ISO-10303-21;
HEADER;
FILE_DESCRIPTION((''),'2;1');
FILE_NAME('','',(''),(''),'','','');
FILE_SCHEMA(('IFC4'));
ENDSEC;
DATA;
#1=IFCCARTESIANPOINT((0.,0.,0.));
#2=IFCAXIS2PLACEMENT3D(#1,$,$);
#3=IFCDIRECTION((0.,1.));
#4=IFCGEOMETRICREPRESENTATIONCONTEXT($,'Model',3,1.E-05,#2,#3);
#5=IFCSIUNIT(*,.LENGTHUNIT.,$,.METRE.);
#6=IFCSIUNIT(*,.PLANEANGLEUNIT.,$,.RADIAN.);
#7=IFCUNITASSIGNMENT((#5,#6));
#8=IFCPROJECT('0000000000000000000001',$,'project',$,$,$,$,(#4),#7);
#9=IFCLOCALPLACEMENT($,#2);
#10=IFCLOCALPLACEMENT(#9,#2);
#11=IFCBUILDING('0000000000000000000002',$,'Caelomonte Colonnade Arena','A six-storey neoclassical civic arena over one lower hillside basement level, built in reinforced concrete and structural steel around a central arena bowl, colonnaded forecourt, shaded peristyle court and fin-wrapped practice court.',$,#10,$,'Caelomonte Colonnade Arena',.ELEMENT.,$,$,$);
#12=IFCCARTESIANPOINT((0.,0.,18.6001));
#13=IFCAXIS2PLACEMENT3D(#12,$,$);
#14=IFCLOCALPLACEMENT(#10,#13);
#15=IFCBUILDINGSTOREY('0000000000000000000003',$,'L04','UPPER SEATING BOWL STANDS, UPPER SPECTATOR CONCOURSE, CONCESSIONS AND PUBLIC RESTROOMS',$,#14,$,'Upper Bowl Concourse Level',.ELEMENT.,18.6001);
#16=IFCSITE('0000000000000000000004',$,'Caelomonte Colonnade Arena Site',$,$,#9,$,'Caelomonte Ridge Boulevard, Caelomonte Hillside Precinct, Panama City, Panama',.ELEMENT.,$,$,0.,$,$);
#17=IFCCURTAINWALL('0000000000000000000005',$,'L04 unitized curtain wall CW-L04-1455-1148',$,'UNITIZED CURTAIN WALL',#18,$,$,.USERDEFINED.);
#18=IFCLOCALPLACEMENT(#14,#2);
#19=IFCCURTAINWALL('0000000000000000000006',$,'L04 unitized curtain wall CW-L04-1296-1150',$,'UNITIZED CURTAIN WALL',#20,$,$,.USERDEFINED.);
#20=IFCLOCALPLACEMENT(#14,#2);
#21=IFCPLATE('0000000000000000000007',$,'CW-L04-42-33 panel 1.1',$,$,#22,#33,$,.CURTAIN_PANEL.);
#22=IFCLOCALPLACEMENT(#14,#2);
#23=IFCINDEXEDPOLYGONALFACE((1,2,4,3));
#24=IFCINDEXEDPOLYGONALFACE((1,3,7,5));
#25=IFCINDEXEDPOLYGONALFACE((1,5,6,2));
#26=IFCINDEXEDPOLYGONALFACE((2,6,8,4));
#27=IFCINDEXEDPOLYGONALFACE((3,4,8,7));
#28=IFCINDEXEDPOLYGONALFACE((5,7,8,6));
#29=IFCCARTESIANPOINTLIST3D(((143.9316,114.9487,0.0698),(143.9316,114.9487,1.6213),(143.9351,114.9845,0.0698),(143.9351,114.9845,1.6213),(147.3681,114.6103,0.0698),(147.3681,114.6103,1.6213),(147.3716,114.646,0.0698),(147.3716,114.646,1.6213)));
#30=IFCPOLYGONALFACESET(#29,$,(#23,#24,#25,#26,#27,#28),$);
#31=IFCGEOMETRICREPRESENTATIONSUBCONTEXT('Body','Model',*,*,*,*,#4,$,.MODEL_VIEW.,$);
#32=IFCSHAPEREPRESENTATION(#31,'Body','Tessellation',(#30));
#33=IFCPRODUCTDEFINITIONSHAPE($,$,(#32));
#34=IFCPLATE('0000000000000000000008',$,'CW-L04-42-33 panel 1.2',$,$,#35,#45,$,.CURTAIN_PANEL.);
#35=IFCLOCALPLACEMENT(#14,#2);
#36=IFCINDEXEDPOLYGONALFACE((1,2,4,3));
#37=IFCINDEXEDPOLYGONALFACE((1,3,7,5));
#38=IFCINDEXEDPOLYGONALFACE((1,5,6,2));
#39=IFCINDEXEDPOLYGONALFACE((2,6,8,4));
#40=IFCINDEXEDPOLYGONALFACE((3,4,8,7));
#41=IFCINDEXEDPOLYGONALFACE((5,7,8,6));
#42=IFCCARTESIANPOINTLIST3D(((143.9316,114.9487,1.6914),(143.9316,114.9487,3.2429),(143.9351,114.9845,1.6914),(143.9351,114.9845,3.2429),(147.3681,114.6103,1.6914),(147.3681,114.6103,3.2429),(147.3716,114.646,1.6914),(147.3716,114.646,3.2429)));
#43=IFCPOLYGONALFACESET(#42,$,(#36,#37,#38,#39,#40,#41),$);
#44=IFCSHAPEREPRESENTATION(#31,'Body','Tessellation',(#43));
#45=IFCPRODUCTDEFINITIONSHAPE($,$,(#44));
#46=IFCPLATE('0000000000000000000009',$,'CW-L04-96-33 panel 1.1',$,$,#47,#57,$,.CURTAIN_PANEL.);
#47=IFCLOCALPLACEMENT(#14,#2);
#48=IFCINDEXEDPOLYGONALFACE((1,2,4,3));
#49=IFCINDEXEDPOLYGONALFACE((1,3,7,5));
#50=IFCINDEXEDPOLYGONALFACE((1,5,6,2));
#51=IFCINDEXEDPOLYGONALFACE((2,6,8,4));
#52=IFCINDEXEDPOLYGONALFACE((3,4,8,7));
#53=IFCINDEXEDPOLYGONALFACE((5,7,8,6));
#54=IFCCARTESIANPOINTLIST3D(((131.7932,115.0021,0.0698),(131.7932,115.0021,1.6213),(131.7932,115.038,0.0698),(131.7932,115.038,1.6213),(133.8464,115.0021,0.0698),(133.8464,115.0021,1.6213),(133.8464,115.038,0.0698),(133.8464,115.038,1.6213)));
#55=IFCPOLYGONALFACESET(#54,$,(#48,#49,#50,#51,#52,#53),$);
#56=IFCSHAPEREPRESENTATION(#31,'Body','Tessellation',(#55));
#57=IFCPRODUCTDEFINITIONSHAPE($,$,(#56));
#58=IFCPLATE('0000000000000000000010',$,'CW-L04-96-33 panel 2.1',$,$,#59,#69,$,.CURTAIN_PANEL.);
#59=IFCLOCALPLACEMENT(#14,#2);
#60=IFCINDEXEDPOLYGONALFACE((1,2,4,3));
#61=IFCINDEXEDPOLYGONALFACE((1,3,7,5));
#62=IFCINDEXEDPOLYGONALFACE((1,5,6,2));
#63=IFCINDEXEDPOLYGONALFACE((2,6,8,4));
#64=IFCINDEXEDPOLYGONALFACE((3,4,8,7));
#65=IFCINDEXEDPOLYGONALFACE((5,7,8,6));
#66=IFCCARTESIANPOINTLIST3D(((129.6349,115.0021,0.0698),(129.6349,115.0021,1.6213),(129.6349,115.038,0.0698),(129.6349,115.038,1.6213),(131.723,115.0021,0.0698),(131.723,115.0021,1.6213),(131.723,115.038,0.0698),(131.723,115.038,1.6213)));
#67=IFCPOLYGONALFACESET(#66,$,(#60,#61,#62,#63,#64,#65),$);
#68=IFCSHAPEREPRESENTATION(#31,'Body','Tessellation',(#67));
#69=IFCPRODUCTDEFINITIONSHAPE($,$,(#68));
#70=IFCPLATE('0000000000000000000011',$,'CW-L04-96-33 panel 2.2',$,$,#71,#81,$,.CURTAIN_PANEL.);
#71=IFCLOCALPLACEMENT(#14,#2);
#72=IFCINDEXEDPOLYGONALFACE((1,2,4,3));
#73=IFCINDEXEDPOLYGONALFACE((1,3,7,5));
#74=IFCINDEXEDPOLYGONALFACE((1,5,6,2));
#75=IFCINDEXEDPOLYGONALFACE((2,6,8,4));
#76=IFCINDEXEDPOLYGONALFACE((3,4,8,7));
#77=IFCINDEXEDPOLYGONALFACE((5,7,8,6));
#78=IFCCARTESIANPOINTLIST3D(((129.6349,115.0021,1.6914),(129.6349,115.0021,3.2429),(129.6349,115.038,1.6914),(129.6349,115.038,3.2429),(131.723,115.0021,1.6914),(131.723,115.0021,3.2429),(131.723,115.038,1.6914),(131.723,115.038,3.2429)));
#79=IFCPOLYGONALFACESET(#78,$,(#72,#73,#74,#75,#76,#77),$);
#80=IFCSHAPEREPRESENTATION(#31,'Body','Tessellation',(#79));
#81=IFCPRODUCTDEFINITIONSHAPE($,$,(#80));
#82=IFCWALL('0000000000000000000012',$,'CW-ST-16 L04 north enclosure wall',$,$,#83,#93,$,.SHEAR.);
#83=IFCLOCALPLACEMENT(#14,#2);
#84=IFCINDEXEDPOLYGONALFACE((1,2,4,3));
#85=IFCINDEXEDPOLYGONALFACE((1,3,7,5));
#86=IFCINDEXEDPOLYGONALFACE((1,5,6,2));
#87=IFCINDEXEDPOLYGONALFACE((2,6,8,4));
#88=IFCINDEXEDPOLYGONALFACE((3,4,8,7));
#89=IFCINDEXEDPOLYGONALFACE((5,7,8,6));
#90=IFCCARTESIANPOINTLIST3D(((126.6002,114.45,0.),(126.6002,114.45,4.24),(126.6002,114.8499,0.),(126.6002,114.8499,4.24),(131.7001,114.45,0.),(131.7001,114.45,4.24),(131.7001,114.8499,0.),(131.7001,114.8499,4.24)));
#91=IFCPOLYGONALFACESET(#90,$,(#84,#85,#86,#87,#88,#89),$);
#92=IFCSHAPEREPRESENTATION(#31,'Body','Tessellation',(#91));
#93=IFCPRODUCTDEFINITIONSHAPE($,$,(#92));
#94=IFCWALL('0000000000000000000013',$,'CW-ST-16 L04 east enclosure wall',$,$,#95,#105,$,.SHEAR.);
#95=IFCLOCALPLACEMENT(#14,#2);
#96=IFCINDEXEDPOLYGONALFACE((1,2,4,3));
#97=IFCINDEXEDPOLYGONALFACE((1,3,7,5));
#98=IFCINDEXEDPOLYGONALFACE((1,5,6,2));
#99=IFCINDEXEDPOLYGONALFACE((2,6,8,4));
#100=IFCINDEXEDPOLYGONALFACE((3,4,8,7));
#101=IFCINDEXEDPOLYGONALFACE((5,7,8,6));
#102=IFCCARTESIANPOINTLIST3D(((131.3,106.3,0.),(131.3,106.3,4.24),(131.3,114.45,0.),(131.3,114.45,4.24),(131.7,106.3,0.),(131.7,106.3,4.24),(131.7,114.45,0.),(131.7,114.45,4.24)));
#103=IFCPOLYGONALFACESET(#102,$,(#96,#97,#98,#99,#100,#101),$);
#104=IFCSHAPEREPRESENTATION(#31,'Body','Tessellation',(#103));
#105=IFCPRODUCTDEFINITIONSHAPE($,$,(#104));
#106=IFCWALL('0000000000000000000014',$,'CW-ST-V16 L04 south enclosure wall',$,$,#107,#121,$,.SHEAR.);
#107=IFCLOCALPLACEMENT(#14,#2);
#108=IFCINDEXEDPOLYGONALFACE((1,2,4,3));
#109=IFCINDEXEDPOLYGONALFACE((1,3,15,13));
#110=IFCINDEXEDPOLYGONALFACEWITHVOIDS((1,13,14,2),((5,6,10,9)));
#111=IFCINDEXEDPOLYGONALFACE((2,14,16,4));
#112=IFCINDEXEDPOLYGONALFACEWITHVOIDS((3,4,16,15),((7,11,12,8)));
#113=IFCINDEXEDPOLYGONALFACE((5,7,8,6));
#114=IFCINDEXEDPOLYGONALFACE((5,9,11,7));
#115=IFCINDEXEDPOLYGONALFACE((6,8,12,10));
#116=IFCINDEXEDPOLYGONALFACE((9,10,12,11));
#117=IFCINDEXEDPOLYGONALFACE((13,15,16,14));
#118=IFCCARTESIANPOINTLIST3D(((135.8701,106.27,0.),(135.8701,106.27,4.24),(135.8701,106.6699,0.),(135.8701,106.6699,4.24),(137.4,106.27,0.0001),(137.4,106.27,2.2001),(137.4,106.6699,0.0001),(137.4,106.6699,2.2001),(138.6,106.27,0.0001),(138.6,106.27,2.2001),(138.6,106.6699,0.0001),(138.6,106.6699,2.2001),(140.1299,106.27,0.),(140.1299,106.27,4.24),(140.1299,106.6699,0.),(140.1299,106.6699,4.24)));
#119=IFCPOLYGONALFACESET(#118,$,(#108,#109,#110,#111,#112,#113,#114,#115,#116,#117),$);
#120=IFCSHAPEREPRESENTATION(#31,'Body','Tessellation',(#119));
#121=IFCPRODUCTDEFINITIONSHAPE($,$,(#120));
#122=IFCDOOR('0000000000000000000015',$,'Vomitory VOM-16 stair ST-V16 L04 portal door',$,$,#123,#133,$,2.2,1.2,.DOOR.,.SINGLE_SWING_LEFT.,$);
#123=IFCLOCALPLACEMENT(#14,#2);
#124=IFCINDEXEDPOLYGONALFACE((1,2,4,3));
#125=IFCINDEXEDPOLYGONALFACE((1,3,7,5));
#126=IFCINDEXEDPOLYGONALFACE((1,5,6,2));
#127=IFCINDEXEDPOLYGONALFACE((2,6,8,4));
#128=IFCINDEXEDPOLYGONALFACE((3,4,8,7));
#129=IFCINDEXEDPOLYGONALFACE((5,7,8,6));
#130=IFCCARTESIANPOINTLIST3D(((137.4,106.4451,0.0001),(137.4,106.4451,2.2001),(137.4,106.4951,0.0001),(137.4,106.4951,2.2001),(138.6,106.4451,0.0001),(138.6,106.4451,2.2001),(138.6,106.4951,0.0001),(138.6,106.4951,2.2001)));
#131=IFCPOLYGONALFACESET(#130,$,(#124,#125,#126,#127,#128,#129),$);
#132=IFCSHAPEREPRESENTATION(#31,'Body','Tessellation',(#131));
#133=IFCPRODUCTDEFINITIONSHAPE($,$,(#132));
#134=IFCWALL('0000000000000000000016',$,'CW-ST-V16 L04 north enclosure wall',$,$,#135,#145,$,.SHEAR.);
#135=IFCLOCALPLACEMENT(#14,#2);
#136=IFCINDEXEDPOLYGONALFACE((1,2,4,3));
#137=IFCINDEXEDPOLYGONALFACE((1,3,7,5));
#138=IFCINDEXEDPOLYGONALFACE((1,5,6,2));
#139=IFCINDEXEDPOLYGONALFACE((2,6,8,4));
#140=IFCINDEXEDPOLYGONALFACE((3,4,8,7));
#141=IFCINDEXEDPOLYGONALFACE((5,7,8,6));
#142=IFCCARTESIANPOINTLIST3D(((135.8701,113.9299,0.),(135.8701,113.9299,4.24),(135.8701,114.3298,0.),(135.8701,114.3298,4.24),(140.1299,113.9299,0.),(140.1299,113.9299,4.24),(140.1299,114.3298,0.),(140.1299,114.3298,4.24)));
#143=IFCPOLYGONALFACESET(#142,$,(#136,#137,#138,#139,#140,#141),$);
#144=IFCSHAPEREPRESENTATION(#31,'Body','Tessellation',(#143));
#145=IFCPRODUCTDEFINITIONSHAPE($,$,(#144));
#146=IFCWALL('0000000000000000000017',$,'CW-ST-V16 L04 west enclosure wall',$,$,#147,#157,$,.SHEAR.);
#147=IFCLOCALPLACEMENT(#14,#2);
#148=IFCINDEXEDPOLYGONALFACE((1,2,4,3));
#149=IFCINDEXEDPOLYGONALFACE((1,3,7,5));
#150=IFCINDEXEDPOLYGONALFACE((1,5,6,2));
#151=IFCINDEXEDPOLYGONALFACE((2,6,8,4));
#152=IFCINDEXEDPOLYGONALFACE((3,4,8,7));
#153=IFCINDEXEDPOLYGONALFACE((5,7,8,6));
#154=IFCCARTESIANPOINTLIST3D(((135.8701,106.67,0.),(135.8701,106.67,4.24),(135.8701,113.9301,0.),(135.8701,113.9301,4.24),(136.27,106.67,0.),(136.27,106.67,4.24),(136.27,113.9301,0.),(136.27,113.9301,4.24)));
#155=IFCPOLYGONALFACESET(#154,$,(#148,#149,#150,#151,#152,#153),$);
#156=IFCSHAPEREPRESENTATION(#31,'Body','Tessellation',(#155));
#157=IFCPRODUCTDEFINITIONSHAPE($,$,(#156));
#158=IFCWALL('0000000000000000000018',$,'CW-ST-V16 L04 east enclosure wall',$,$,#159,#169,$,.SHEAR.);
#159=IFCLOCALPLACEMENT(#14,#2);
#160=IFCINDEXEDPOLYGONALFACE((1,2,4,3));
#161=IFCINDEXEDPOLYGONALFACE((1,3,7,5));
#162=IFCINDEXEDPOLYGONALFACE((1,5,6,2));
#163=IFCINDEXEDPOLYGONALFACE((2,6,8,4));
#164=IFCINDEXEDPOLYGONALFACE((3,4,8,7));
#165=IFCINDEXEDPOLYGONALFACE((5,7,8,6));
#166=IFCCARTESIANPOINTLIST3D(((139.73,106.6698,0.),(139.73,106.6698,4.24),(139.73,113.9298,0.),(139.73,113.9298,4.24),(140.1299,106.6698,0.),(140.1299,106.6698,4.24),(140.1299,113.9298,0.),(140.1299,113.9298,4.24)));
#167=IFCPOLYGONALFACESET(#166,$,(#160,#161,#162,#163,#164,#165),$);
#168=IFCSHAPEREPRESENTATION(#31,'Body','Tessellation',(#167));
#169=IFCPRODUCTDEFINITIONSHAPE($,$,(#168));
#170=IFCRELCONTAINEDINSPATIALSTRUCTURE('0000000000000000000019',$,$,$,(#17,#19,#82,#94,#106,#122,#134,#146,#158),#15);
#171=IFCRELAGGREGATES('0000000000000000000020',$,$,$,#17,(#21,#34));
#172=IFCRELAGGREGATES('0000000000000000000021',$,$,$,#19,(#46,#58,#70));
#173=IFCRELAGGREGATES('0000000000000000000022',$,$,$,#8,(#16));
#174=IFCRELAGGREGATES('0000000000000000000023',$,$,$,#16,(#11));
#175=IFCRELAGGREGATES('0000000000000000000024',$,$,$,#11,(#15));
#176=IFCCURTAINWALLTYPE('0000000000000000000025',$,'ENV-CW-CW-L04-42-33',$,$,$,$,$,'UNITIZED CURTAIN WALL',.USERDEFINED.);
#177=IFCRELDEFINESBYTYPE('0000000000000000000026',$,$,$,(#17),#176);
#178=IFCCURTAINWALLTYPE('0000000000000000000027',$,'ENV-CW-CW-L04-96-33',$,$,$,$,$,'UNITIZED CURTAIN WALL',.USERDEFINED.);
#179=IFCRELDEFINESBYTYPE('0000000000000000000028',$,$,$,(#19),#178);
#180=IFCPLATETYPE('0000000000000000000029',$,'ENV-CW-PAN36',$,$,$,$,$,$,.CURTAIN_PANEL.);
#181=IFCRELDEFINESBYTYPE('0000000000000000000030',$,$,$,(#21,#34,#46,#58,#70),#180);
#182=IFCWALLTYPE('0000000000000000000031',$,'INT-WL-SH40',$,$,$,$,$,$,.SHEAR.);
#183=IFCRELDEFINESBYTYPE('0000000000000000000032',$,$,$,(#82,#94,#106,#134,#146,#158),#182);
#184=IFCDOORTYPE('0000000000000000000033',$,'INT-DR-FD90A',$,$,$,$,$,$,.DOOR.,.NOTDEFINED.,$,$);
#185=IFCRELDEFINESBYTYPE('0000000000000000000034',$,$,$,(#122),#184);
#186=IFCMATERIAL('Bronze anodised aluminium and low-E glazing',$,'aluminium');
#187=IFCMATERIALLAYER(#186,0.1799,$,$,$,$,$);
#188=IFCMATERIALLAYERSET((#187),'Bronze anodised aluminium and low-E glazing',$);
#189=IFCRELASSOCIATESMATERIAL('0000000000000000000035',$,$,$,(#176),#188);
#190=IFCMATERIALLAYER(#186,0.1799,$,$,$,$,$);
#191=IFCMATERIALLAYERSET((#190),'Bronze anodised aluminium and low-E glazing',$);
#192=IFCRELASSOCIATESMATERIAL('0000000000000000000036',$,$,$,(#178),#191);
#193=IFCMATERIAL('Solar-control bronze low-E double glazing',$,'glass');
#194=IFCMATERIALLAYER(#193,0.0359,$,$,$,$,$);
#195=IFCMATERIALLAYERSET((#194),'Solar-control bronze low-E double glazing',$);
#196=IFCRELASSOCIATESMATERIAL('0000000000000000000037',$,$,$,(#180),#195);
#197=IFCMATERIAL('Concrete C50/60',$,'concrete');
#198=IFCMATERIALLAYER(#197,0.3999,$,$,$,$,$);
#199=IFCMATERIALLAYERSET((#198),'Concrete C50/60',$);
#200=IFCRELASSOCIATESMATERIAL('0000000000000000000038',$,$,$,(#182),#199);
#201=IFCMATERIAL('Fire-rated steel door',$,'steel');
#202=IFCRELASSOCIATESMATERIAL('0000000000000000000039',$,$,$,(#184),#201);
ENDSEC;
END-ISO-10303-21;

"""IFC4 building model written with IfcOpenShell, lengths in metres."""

from ifc_helpers import new_model, si_unit, direction, frame, frame_2d, origin, origin_2d, place, context, subcontext, project, spatial, rectangle, extrude, material, layer, layer_set, type_object, element, fill, aggregate, save


model = new_model("IFC4")

# Units and contexts
model_context = context("Model", 3, precision=1e-05, world=origin(), true_north=direction((0.0, 1.0)))
body_context = subcontext(model_context, "Body", "Model", "MODEL_VIEW")
ifc_project = project(units=[si_unit("LENGTHUNIT", "METRE"), si_unit("PLANEANGLEUNIT", "RADIAN")], contexts=[model_context])

# Site, building, storey
site_placement = place(None, origin())
site = spatial("IfcSite", under=ifc_project, at=site_placement, Name="Caelomonte Colonnade Arena Site", LongName="Caelomonte Ridge Boulevard, Caelomonte Hillside Precinct, Panama City, Panama", CompositionType="ELEMENT", RefElevation=0.0)
building_placement = place(site_placement, origin())
building = spatial("IfcBuilding", under=site, at=building_placement, Name="Caelomonte Colonnade Arena", Description="A six-storey neoclassical civic arena over one lower hillside basement level, built in reinforced concrete and structural steel around a central arena bowl, colonnaded forecourt, shaded peristyle court and fin-wrapped practice court.", LongName="Caelomonte Colonnade Arena", CompositionType="ELEMENT")
storey_placement = place(building_placement, frame((0.0, 0.0, 18.6001)))
storey = spatial("IfcBuildingStorey", under=building, at=storey_placement, Name="L04", Description="UPPER SEATING BOWL STANDS, UPPER SPECTATOR CONCOURSE, CONCESSIONS AND PUBLIC RESTROOMS", LongName="Upper Bowl Concourse Level", CompositionType="ELEMENT", Elevation=18.6001)

# Shared definitions
ifc_material_1 = material(Name="Bronze anodised aluminium and low-E glazing", Category="aluminium")

# Curtain walls
ifc_layer_1 = layer(ifc_material_1, 0.1799)
ifc_layer_set_1 = layer_set([ifc_layer_1], Name="Bronze anodised aluminium and low-E glazing")
curtain_wall_type_1 = type_object("IfcCurtainWallType", Name="ENV-CW-CW-L04-42-33", ElementType="UNITIZED CURTAIN WALL", PredefinedType="USERDEFINED", material=ifc_layer_set_1)
curtain_wall_1_placement = place(storey_placement, origin())
curtain_wall_1 = element("IfcCurtainWall", 1, at=curtain_wall_1_placement, inside=storey, type_object=curtain_wall_type_1, Name="L04 unitized curtain wall CW-L04-1455-1148", ObjectType="UNITIZED CURTAIN WALL", PredefinedType="USERDEFINED")
ifc_layer_2 = layer(ifc_material_1, 0.1799)
ifc_layer_set_2 = layer_set([ifc_layer_2], Name="Bronze anodised aluminium and low-E glazing")
curtain_wall_type_2 = type_object("IfcCurtainWallType", Name="ENV-CW-CW-L04-96-33", ElementType="UNITIZED CURTAIN WALL", PredefinedType="USERDEFINED", material=ifc_layer_set_2)
curtain_wall_2_placement = place(storey_placement, origin())
curtain_wall_2 = element("IfcCurtainWall", 2, at=curtain_wall_2_placement, inside=storey, type_object=curtain_wall_type_2, Name="L04 unitized curtain wall CW-L04-1296-1150", ObjectType="UNITIZED CURTAIN WALL", PredefinedType="USERDEFINED")

# Plates
ifc_material_2 = material(Name="Solar-control bronze low-E double glazing", Category="glass")
ifc_layer_3 = layer(ifc_material_2, 0.0359)
ifc_layer_set_3 = layer_set([ifc_layer_3], Name="Solar-control bronze low-E double glazing")
plate_type = type_object("IfcPlateType", Name="ENV-CW-PAN36", PredefinedType="CURTAIN_PANEL", material=ifc_layer_set_3)
plate_1_placement = place(storey_placement, frame((145.6516, 114.7974, 0.0698), z_axis=(0.0, 0.0, 1.0), x_axis=(-0.995184, 0.098021, 0.0)))
plate_1 = element("IfcPlate", 3, at=plate_1_placement, type_object=plate_type, Name="CW-L04-42-33 panel 1.1", PredefinedType="CURTAIN_PANEL", context=body_context, shape_type="SweptSolid", body=[
    extrude(rectangle(XDim=3.4531, YDim=0.0359, at=origin_2d()), origin(), (0.0, 0.0, 1.0), 1.5515),
])
plate_2_placement = place(storey_placement, frame((145.6516, 114.7974, 1.6914), z_axis=(0.0, 0.0, 1.0), x_axis=(-0.995184, 0.098021, 0.0)))
plate_2 = element("IfcPlate", 4, at=plate_2_placement, type_object=plate_type, Name="CW-L04-42-33 panel 1.2", PredefinedType="CURTAIN_PANEL", context=body_context, shape_type="SweptSolid", body=[
    extrude(rectangle(XDim=3.4531, YDim=0.0359, at=origin_2d()), origin(), (0.0, 0.0, 1.0), 1.5515),
])
aggregate(curtain_wall_1, [plate_1, plate_2])
plate_3_placement = place(storey_placement, frame((132.8198, 115.02, 0.0698), z_axis=(0.0, 0.0, 1.0), x_axis=(-1.0, 0.0, 0.0)))
plate_3 = element("IfcPlate", 5, at=plate_3_placement, type_object=plate_type, Name="CW-L04-96-33 panel 1.1", PredefinedType="CURTAIN_PANEL", context=body_context, shape_type="SweptSolid", body=[
    extrude(rectangle(XDim=2.0532, YDim=0.0359, at=origin_2d()), origin(), (0.0, 0.0, 1.0), 1.5515),
])
plate_4_placement = place(storey_placement, frame((130.679, 115.02, 0.0698), z_axis=(0.0, 0.0, 1.0), x_axis=(-1.0, 0.0, 0.0)))
plate_4 = element("IfcPlate", 6, at=plate_4_placement, type_object=plate_type, Name="CW-L04-96-33 panel 2.1", PredefinedType="CURTAIN_PANEL", context=body_context, shape_type="SweptSolid", body=[
    extrude(rectangle(XDim=2.0881, YDim=0.0359, at=origin_2d()), origin(), (0.0, 0.0, 1.0), 1.5515),
])
plate_5_placement = place(storey_placement, frame((130.679, 115.02, 1.6914), z_axis=(0.0, 0.0, 1.0), x_axis=(-1.0, 0.0, 0.0)))
plate_5 = element("IfcPlate", 7, at=plate_5_placement, type_object=plate_type, Name="CW-L04-96-33 panel 2.2", PredefinedType="CURTAIN_PANEL", context=body_context, shape_type="SweptSolid", body=[
    extrude(rectangle(XDim=2.0881, YDim=0.0359, at=origin_2d()), origin(), (0.0, 0.0, 1.0), 1.5515),
])
aggregate(curtain_wall_2, [plate_3, plate_4, plate_5])

# Walls
ifc_material_3 = material(Name="Concrete C50/60", Category="concrete")
ifc_layer_4 = layer(ifc_material_3, 0.3999)
ifc_layer_set_4 = layer_set([ifc_layer_4], Name="Concrete C50/60")
wall_type = type_object("IfcWallType", Name="INT-WL-SH40", PredefinedType="SHEAR", material=ifc_layer_set_4)
wall_1_placement = place(storey_placement, frame((131.7, 114.6499, 0.0), z_axis=(0.0, 0.0, 1.0), x_axis=(-1.0, 0.0, 0.0)))
element("IfcWall", 8, at=wall_1_placement, inside=storey, type_object=wall_type, Name="CW-ST-16 L04 north enclosure wall", PredefinedType="SHEAR", context=body_context, shape_type="SweptSolid", body=[
    extrude(rectangle(XDim=5.0999, YDim=0.3999, at=frame_2d((2.5498, 0.0))), origin(), (0.0, 0.0, 1.0), 4.24),
])
wall_2_placement = place(storey_placement, frame((131.5, 106.3, 0.0), z_axis=(0.0, 0.0, 1.0), x_axis=(0.0, 1.0, 0.0)))
element("IfcWall", 9, at=wall_2_placement, inside=storey, type_object=wall_type, Name="CW-ST-16 L04 east enclosure wall", PredefinedType="SHEAR", context=body_context, shape_type="SweptSolid", body=[
    extrude(rectangle(XDim=8.1499, YDim=0.3999, at=frame_2d((4.075, 0.0))), origin(), (0.0, 0.0, 1.0), 4.24),
])

# Wall, opening, door
wall_3_placement = place(storey_placement, frame((135.8701, 106.47, 0.0), z_axis=(0.0, 0.0, 1.0), x_axis=(1.0, 0.0, 0.0)))
wall_3 = element("IfcWall", 10, at=wall_3_placement, inside=storey, type_object=wall_type, Name="CW-ST-V16 L04 south enclosure wall", PredefinedType="SHEAR", context=body_context, shape_type="SweptSolid", body=[
    extrude(rectangle(XDim=4.2598, YDim=0.3999, at=frame_2d((2.1299, 0.0))), origin(), (0.0, 0.0, 1.0), 4.24),
])
opening_placement = place(wall_3_placement, frame((2.73, 0.0, 0.0), z_axis=(0.0, 0.0, 1.0), x_axis=(-1.0, 0.0, 0.0)))
opening = element("IfcOpeningElement", 11, at=opening_placement, cuts=wall_3, PredefinedType="OPENING", context=body_context, shape_type="SweptSolid", body=[
    extrude(rectangle(XDim=1.2, YDim=2.2, at=frame_2d((0.6001, 1.1001))), frame((0.0, 0.21, 0.0), z_axis=(0.0, -1.0, 0.0), x_axis=(1.0, 0.0, 0.0)), (0.0, 0.0, 1.0), 0.4199),
])
ifc_material_4 = material(Name="Fire-rated steel door", Category="steel")
door_type = type_object("IfcDoorType", Name="INT-DR-FD90A", OperationType="NOTDEFINED", PredefinedType="DOOR", material=ifc_material_4)
door_placement = place(opening_placement, origin())
door = element("IfcDoor", 12, at=door_placement, inside=storey, type_object=door_type, Name="Vomitory VOM-16 stair ST-V16 L04 portal door", OperationType="SINGLE_SWING_LEFT", OverallHeight=2.2, OverallWidth=1.2, PredefinedType="DOOR", context=body_context, shape_type="SweptSolid", body=[
    extrude(rectangle(XDim=1.2, YDim=2.2, at=frame_2d((0.6001, 1.1001))), frame((0.0, 0.0249, 0.0), z_axis=(0.0, -1.0, 0.0), x_axis=(1.0, 0.0, 0.0)), (0.0, 0.0, 1.0), 0.05),
])
fill(opening, door)

# Walls
wall_4_placement = place(storey_placement, frame((140.1299, 114.1299, 0.0), z_axis=(0.0, 0.0, 1.0), x_axis=(-1.0, 0.0, 0.0)))
element("IfcWall", 13, at=wall_4_placement, inside=storey, type_object=wall_type, Name="CW-ST-V16 L04 north enclosure wall", PredefinedType="SHEAR", context=body_context, shape_type="SweptSolid", body=[
    extrude(rectangle(XDim=4.2598, YDim=0.3999, at=frame_2d((2.1299, 0.0))), origin(), (0.0, 0.0, 1.0), 4.24),
])
for number, where, z_axis, x_axis, name in (
    (14, (136.0701, 113.9299, 0.0), (0.0, 0.0, 1.0), (0.0, -1.0, 0.0), "CW-ST-V16 L04 west enclosure wall"),
    (15, (139.9299, 106.6699, 0.0), (0.0, 0.0, 1.0), (0.0, 1.0, 0.0), "CW-ST-V16 L04 east enclosure wall"),
):
    element("IfcWall", number, at=place(storey_placement, frame(where, z_axis=z_axis, x_axis=x_axis)), inside=storey, type_object=wall_type, Name=name, PredefinedType="SHEAR", context=body_context, shape_type="SweptSolid", body=[
        extrude(rectangle(XDim=7.26, YDim=0.3999, at=frame_2d((3.6299, 0.0))), origin(), (0.0, 0.0, 1.0), 4.24),
    ])

save(model, "model.ifc")
